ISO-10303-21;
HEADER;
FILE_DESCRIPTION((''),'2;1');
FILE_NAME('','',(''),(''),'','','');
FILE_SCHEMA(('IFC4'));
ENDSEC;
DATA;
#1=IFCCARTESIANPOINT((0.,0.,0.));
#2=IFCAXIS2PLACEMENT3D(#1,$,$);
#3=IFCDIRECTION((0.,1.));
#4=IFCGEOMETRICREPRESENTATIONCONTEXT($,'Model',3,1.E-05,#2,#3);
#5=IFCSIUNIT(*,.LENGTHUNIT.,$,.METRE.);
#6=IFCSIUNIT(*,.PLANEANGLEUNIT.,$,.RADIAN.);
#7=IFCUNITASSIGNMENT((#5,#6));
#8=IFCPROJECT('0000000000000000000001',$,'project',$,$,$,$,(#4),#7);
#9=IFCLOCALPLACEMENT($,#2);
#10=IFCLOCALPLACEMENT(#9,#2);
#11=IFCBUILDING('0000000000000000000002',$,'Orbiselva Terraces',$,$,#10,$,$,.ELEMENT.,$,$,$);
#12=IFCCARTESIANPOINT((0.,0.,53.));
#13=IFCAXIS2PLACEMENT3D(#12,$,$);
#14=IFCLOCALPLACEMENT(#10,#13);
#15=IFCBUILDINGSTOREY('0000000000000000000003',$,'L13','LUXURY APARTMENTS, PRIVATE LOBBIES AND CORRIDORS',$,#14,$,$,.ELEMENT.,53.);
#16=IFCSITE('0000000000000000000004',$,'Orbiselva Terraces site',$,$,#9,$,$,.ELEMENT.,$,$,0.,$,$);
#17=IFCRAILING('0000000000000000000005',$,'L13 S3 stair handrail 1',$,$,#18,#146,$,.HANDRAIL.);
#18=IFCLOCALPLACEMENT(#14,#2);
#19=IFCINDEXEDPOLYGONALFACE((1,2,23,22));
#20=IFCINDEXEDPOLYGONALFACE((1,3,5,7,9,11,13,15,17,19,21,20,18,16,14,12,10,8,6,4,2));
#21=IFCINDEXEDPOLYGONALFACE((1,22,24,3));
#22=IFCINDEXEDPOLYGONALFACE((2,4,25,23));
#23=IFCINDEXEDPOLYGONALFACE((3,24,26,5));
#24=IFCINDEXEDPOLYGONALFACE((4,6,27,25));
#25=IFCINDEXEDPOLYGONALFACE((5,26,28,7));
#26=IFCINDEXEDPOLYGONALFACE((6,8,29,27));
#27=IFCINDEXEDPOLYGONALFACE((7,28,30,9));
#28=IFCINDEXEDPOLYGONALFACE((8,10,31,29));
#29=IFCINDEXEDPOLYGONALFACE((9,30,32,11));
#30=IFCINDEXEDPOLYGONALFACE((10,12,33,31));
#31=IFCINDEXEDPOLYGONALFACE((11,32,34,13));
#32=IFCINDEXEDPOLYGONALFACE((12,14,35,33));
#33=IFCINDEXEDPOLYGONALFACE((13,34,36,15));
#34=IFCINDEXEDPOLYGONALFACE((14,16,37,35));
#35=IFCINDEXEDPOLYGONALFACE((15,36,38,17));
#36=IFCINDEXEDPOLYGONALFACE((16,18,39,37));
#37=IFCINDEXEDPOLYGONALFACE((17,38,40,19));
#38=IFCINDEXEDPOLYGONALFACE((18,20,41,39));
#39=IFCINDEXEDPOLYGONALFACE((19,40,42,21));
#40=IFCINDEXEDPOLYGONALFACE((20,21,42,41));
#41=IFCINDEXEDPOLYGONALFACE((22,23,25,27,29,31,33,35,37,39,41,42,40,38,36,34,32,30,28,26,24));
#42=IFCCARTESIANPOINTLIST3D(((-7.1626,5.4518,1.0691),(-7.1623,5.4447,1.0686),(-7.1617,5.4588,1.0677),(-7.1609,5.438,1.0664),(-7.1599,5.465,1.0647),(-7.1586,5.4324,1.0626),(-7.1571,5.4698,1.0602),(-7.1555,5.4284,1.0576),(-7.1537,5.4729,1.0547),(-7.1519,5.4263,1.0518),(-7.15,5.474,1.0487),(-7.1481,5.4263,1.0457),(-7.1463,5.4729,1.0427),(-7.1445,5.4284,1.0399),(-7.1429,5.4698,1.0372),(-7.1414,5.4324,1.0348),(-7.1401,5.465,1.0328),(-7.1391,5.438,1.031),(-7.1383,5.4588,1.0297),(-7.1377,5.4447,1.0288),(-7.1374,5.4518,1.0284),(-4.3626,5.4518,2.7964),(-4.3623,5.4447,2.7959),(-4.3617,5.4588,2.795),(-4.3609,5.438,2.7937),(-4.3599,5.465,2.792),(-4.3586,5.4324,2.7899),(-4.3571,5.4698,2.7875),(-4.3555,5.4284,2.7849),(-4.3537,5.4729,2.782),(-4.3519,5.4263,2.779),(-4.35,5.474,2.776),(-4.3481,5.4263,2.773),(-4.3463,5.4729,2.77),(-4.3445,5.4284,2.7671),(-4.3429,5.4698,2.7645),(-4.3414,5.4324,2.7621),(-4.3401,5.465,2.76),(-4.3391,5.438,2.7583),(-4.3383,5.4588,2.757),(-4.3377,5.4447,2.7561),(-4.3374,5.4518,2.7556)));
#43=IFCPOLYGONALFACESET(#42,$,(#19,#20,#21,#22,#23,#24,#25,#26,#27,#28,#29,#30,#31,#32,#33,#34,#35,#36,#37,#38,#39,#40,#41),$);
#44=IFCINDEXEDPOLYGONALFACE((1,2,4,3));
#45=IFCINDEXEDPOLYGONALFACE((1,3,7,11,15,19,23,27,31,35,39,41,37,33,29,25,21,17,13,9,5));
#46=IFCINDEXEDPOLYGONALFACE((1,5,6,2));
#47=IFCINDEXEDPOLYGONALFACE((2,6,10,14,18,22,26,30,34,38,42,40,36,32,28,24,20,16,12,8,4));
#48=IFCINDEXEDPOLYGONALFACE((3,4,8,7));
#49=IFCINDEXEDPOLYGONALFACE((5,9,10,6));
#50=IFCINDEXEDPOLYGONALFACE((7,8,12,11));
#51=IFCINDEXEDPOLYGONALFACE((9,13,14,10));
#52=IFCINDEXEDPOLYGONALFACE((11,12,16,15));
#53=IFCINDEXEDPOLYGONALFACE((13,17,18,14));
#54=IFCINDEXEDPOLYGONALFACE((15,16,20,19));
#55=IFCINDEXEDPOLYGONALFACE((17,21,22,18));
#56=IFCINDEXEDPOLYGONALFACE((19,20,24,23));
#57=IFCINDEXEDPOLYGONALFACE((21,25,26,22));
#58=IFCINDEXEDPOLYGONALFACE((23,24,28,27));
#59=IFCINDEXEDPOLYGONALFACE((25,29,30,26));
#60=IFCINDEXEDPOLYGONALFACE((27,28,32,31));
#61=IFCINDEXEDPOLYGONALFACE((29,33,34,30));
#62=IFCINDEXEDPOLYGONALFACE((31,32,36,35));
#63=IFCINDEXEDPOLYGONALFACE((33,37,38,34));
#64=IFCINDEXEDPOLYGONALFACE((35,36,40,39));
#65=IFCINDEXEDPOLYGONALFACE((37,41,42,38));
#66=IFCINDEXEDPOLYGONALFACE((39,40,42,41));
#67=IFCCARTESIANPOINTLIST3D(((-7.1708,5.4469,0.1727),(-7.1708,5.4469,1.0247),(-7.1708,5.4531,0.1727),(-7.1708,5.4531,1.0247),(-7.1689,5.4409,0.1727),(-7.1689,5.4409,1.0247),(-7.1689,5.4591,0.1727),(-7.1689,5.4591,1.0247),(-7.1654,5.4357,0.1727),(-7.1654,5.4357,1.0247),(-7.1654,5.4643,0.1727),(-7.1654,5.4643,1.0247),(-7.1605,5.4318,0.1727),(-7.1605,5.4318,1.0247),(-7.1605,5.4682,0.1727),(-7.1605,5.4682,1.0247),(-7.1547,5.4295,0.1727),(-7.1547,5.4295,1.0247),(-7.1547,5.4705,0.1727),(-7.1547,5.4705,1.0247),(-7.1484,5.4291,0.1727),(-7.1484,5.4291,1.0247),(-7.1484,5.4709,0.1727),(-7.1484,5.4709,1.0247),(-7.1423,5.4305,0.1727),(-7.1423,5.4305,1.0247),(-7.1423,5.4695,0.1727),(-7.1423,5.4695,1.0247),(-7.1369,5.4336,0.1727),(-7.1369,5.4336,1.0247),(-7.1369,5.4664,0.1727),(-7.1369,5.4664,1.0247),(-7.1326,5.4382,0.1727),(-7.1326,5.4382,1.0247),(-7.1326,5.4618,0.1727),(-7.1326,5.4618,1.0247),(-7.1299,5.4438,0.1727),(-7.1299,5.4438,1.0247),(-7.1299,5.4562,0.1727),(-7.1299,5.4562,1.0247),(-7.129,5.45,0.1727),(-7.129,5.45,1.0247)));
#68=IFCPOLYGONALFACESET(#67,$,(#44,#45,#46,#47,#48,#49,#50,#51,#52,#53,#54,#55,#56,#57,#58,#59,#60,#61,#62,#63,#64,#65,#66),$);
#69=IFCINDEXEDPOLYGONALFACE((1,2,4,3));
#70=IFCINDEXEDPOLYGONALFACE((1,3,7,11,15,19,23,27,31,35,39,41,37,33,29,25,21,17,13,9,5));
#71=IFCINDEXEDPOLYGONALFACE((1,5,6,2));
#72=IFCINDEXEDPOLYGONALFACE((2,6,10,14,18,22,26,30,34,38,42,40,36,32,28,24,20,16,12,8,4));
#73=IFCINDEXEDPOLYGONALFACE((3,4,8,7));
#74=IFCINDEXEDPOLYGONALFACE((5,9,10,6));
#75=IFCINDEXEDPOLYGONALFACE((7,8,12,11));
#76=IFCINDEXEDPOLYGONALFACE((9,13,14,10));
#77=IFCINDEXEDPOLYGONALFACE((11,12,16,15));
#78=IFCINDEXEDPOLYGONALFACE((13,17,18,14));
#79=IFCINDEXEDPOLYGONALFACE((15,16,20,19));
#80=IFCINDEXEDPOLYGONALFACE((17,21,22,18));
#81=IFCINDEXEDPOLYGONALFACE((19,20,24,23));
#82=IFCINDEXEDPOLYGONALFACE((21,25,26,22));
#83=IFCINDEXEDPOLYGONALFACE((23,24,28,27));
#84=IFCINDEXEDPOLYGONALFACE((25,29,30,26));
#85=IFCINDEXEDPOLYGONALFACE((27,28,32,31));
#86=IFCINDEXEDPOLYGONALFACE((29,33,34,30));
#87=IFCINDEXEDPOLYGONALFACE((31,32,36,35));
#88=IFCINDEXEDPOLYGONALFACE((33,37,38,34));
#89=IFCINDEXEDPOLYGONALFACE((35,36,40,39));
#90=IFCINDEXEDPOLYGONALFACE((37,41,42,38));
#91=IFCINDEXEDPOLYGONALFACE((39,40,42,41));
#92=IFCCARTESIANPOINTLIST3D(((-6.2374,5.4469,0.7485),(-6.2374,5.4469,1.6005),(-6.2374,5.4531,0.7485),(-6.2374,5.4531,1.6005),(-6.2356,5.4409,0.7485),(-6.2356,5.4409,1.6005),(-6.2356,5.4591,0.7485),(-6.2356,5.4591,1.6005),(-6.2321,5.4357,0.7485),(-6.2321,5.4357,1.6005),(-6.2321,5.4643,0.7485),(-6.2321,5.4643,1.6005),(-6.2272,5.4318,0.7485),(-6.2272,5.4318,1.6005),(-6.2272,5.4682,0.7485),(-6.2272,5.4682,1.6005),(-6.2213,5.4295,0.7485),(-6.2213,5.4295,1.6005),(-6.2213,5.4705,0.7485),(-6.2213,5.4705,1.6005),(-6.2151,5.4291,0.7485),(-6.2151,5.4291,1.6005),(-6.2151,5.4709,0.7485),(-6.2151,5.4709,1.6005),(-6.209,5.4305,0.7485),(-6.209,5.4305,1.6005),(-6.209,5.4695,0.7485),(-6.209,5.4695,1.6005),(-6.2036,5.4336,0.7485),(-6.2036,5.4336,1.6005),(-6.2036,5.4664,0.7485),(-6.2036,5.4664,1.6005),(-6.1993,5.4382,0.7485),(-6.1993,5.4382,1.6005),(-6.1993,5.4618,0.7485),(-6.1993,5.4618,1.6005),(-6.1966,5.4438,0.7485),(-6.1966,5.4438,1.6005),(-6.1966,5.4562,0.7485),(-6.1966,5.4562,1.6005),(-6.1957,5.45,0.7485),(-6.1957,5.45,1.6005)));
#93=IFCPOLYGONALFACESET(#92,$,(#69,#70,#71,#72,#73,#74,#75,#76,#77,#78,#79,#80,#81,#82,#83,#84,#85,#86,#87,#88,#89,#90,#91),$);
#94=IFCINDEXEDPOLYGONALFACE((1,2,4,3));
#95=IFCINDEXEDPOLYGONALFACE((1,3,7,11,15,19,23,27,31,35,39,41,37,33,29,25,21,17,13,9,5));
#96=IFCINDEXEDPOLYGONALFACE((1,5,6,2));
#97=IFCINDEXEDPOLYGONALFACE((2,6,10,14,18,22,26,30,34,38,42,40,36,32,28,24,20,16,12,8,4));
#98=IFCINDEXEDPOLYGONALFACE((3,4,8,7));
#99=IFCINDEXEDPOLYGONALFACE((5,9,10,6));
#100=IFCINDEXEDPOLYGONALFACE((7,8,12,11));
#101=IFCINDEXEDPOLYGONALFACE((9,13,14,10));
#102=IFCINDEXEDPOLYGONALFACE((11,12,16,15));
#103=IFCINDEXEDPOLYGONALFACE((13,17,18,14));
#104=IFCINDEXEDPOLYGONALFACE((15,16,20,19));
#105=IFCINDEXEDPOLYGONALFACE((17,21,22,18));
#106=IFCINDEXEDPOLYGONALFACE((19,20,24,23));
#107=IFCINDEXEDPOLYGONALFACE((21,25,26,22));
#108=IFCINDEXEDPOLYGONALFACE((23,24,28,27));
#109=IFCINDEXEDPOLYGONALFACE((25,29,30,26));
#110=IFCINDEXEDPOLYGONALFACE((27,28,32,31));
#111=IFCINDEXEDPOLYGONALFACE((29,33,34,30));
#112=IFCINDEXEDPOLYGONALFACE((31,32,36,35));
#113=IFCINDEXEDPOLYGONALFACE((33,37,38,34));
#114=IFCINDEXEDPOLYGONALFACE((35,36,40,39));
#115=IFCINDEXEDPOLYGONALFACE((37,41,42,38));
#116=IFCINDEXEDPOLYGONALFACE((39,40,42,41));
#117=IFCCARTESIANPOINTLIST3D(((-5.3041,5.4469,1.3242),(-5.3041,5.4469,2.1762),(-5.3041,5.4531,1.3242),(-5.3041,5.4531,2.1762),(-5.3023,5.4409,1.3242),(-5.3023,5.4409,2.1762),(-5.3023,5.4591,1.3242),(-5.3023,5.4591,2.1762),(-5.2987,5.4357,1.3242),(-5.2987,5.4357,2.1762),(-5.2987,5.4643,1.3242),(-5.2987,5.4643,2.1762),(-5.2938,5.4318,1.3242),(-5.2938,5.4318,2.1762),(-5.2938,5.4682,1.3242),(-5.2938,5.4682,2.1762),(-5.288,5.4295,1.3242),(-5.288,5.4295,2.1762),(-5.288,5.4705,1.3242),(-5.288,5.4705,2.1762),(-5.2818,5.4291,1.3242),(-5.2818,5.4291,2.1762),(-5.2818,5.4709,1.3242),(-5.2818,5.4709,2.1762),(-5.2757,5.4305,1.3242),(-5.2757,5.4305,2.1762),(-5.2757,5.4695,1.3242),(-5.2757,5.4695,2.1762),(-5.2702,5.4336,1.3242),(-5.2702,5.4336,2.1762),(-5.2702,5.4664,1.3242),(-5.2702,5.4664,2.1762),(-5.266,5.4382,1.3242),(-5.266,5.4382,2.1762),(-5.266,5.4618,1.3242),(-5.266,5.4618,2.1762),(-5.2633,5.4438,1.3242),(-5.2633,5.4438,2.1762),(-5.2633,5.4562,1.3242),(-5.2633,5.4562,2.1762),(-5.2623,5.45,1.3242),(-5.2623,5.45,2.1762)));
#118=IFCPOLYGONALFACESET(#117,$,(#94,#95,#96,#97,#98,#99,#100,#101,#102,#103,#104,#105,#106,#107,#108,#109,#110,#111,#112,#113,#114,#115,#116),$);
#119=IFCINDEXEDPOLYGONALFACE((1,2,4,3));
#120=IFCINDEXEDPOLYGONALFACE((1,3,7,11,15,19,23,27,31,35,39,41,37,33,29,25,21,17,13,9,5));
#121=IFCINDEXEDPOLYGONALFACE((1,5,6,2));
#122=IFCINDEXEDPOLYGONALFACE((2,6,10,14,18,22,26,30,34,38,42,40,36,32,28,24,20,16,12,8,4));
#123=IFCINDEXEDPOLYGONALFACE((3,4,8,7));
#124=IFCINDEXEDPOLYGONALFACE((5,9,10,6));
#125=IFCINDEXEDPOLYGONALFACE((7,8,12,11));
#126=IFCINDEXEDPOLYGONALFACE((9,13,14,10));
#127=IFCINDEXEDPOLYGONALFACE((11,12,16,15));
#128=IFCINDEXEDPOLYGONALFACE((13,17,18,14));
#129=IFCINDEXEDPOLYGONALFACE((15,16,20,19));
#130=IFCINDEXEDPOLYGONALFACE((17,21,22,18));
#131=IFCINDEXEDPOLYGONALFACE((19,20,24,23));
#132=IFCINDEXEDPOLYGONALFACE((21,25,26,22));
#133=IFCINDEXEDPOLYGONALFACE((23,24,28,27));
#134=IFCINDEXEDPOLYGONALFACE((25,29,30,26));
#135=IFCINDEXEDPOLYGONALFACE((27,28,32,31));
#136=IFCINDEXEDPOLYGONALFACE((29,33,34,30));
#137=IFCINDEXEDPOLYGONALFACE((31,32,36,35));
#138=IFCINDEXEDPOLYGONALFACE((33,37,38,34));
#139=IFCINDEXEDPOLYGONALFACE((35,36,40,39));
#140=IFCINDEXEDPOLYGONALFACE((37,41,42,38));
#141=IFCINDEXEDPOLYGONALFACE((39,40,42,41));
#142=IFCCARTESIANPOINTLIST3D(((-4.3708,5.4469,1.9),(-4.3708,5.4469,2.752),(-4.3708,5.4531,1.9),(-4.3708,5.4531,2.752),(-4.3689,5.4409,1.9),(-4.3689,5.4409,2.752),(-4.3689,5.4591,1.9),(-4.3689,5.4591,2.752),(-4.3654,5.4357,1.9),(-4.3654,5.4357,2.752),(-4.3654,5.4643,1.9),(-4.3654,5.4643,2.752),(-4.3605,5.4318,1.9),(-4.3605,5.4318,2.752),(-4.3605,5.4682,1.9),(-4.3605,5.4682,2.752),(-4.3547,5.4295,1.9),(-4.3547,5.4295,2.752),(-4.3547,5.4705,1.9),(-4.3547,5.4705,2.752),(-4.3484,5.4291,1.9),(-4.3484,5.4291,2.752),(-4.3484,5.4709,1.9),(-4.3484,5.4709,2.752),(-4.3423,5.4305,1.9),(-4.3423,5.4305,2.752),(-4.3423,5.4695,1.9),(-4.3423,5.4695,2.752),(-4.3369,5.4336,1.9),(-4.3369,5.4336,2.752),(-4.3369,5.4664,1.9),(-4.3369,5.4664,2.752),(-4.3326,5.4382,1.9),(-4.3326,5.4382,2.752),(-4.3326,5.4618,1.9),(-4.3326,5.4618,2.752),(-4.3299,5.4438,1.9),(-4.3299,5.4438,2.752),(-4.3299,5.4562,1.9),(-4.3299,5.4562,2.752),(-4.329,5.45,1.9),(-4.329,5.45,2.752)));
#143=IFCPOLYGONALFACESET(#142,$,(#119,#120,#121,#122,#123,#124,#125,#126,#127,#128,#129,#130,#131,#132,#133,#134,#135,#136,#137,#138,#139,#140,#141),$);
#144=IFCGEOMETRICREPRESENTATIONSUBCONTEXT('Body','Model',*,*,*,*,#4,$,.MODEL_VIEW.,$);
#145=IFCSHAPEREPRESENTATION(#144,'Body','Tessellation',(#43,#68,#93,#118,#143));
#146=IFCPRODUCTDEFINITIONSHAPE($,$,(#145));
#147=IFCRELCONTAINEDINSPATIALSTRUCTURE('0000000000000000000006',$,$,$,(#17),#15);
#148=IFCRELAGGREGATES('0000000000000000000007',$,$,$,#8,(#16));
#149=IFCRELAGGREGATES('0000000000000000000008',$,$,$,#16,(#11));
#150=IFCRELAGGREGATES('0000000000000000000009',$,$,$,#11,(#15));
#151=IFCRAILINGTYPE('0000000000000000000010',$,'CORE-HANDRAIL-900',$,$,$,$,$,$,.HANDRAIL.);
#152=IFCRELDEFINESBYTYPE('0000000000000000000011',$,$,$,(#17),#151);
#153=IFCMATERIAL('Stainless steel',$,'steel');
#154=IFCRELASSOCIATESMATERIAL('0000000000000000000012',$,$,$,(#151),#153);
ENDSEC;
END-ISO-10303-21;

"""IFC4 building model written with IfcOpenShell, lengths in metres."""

from ifc_helpers import new_model, si_unit, direction, frame, origin, origin_2d, place, context, subcontext, project, spatial, circle, extrude, material, type_object, element, save


model = new_model("IFC4")

# Units and contexts
model_context = context("Model", 3, precision=1e-05, world=origin(), true_north=direction((0.0, 1.0)))
body_context = subcontext(model_context, "Body", "Model", "MODEL_VIEW")
ifc_project = project(units=[si_unit("LENGTHUNIT", "METRE"), si_unit("PLANEANGLEUNIT", "RADIAN")], contexts=[model_context])

# Site, building, storey
site_placement = place(None, origin())
site = spatial("IfcSite", under=ifc_project, at=site_placement, Name="Orbiselva Terraces site", CompositionType="ELEMENT", RefElevation=0.0)
building_placement = place(site_placement, origin())
building = spatial("IfcBuilding", under=site, at=building_placement, Name="Orbiselva Terraces", CompositionType="ELEMENT")
storey_placement = place(building_placement, frame((0.0, 0.0, 53.0)))
storey = spatial("IfcBuildingStorey", under=building, at=storey_placement, Name="L13", Description="LUXURY APARTMENTS, PRIVATE LOBBIES AND CORRIDORS", CompositionType="ELEMENT", Elevation=53.0)

# Railing
ifc_material_1 = material(Name="Stainless steel", Category="steel")
railing_type_1 = type_object("IfcRailingType", Name="CORE-HANDRAIL-900", PredefinedType="HANDRAIL", material=ifc_material_1)
railing_1_placement = place(storey_placement, frame((-7.15, 5.45, 0.1727)))
element("IfcRailing", 1, at=railing_1_placement, inside=storey, type_object=railing_type_1, Name="L13 S3 stair handrail 1", PredefinedType="HANDRAIL", context=body_context, shape_type="SweptSolid", body=[
    extrude(circle(Radius=0.024, at=origin_2d()), frame((0.0, 0.0, 0.876), z_axis=(0.851089, 0.0, 0.525022), x_axis=(0.0, 1.0, 0.0)), (0.0, 0.0, 1.0), 3.2899),
    extrude(circle(Radius=0.021, at=origin_2d()), origin(), (0.0, 0.0, 1.0), 0.852),
    extrude(circle(Radius=0.021, at=origin_2d()), frame((0.9333, 0.0, 0.5758)), (0.0, 0.0, 1.0), 0.852),
    extrude(circle(Radius=0.021, at=origin_2d()), frame((1.8667, 0.0, 1.1515)), (0.0, 0.0, 1.0), 0.852),
    extrude(circle(Radius=0.021, at=origin_2d()), frame((2.8, 0.0, 1.7273)), (0.0, 0.0, 1.0), 0.852),
])

save(model, "model.ifc")
